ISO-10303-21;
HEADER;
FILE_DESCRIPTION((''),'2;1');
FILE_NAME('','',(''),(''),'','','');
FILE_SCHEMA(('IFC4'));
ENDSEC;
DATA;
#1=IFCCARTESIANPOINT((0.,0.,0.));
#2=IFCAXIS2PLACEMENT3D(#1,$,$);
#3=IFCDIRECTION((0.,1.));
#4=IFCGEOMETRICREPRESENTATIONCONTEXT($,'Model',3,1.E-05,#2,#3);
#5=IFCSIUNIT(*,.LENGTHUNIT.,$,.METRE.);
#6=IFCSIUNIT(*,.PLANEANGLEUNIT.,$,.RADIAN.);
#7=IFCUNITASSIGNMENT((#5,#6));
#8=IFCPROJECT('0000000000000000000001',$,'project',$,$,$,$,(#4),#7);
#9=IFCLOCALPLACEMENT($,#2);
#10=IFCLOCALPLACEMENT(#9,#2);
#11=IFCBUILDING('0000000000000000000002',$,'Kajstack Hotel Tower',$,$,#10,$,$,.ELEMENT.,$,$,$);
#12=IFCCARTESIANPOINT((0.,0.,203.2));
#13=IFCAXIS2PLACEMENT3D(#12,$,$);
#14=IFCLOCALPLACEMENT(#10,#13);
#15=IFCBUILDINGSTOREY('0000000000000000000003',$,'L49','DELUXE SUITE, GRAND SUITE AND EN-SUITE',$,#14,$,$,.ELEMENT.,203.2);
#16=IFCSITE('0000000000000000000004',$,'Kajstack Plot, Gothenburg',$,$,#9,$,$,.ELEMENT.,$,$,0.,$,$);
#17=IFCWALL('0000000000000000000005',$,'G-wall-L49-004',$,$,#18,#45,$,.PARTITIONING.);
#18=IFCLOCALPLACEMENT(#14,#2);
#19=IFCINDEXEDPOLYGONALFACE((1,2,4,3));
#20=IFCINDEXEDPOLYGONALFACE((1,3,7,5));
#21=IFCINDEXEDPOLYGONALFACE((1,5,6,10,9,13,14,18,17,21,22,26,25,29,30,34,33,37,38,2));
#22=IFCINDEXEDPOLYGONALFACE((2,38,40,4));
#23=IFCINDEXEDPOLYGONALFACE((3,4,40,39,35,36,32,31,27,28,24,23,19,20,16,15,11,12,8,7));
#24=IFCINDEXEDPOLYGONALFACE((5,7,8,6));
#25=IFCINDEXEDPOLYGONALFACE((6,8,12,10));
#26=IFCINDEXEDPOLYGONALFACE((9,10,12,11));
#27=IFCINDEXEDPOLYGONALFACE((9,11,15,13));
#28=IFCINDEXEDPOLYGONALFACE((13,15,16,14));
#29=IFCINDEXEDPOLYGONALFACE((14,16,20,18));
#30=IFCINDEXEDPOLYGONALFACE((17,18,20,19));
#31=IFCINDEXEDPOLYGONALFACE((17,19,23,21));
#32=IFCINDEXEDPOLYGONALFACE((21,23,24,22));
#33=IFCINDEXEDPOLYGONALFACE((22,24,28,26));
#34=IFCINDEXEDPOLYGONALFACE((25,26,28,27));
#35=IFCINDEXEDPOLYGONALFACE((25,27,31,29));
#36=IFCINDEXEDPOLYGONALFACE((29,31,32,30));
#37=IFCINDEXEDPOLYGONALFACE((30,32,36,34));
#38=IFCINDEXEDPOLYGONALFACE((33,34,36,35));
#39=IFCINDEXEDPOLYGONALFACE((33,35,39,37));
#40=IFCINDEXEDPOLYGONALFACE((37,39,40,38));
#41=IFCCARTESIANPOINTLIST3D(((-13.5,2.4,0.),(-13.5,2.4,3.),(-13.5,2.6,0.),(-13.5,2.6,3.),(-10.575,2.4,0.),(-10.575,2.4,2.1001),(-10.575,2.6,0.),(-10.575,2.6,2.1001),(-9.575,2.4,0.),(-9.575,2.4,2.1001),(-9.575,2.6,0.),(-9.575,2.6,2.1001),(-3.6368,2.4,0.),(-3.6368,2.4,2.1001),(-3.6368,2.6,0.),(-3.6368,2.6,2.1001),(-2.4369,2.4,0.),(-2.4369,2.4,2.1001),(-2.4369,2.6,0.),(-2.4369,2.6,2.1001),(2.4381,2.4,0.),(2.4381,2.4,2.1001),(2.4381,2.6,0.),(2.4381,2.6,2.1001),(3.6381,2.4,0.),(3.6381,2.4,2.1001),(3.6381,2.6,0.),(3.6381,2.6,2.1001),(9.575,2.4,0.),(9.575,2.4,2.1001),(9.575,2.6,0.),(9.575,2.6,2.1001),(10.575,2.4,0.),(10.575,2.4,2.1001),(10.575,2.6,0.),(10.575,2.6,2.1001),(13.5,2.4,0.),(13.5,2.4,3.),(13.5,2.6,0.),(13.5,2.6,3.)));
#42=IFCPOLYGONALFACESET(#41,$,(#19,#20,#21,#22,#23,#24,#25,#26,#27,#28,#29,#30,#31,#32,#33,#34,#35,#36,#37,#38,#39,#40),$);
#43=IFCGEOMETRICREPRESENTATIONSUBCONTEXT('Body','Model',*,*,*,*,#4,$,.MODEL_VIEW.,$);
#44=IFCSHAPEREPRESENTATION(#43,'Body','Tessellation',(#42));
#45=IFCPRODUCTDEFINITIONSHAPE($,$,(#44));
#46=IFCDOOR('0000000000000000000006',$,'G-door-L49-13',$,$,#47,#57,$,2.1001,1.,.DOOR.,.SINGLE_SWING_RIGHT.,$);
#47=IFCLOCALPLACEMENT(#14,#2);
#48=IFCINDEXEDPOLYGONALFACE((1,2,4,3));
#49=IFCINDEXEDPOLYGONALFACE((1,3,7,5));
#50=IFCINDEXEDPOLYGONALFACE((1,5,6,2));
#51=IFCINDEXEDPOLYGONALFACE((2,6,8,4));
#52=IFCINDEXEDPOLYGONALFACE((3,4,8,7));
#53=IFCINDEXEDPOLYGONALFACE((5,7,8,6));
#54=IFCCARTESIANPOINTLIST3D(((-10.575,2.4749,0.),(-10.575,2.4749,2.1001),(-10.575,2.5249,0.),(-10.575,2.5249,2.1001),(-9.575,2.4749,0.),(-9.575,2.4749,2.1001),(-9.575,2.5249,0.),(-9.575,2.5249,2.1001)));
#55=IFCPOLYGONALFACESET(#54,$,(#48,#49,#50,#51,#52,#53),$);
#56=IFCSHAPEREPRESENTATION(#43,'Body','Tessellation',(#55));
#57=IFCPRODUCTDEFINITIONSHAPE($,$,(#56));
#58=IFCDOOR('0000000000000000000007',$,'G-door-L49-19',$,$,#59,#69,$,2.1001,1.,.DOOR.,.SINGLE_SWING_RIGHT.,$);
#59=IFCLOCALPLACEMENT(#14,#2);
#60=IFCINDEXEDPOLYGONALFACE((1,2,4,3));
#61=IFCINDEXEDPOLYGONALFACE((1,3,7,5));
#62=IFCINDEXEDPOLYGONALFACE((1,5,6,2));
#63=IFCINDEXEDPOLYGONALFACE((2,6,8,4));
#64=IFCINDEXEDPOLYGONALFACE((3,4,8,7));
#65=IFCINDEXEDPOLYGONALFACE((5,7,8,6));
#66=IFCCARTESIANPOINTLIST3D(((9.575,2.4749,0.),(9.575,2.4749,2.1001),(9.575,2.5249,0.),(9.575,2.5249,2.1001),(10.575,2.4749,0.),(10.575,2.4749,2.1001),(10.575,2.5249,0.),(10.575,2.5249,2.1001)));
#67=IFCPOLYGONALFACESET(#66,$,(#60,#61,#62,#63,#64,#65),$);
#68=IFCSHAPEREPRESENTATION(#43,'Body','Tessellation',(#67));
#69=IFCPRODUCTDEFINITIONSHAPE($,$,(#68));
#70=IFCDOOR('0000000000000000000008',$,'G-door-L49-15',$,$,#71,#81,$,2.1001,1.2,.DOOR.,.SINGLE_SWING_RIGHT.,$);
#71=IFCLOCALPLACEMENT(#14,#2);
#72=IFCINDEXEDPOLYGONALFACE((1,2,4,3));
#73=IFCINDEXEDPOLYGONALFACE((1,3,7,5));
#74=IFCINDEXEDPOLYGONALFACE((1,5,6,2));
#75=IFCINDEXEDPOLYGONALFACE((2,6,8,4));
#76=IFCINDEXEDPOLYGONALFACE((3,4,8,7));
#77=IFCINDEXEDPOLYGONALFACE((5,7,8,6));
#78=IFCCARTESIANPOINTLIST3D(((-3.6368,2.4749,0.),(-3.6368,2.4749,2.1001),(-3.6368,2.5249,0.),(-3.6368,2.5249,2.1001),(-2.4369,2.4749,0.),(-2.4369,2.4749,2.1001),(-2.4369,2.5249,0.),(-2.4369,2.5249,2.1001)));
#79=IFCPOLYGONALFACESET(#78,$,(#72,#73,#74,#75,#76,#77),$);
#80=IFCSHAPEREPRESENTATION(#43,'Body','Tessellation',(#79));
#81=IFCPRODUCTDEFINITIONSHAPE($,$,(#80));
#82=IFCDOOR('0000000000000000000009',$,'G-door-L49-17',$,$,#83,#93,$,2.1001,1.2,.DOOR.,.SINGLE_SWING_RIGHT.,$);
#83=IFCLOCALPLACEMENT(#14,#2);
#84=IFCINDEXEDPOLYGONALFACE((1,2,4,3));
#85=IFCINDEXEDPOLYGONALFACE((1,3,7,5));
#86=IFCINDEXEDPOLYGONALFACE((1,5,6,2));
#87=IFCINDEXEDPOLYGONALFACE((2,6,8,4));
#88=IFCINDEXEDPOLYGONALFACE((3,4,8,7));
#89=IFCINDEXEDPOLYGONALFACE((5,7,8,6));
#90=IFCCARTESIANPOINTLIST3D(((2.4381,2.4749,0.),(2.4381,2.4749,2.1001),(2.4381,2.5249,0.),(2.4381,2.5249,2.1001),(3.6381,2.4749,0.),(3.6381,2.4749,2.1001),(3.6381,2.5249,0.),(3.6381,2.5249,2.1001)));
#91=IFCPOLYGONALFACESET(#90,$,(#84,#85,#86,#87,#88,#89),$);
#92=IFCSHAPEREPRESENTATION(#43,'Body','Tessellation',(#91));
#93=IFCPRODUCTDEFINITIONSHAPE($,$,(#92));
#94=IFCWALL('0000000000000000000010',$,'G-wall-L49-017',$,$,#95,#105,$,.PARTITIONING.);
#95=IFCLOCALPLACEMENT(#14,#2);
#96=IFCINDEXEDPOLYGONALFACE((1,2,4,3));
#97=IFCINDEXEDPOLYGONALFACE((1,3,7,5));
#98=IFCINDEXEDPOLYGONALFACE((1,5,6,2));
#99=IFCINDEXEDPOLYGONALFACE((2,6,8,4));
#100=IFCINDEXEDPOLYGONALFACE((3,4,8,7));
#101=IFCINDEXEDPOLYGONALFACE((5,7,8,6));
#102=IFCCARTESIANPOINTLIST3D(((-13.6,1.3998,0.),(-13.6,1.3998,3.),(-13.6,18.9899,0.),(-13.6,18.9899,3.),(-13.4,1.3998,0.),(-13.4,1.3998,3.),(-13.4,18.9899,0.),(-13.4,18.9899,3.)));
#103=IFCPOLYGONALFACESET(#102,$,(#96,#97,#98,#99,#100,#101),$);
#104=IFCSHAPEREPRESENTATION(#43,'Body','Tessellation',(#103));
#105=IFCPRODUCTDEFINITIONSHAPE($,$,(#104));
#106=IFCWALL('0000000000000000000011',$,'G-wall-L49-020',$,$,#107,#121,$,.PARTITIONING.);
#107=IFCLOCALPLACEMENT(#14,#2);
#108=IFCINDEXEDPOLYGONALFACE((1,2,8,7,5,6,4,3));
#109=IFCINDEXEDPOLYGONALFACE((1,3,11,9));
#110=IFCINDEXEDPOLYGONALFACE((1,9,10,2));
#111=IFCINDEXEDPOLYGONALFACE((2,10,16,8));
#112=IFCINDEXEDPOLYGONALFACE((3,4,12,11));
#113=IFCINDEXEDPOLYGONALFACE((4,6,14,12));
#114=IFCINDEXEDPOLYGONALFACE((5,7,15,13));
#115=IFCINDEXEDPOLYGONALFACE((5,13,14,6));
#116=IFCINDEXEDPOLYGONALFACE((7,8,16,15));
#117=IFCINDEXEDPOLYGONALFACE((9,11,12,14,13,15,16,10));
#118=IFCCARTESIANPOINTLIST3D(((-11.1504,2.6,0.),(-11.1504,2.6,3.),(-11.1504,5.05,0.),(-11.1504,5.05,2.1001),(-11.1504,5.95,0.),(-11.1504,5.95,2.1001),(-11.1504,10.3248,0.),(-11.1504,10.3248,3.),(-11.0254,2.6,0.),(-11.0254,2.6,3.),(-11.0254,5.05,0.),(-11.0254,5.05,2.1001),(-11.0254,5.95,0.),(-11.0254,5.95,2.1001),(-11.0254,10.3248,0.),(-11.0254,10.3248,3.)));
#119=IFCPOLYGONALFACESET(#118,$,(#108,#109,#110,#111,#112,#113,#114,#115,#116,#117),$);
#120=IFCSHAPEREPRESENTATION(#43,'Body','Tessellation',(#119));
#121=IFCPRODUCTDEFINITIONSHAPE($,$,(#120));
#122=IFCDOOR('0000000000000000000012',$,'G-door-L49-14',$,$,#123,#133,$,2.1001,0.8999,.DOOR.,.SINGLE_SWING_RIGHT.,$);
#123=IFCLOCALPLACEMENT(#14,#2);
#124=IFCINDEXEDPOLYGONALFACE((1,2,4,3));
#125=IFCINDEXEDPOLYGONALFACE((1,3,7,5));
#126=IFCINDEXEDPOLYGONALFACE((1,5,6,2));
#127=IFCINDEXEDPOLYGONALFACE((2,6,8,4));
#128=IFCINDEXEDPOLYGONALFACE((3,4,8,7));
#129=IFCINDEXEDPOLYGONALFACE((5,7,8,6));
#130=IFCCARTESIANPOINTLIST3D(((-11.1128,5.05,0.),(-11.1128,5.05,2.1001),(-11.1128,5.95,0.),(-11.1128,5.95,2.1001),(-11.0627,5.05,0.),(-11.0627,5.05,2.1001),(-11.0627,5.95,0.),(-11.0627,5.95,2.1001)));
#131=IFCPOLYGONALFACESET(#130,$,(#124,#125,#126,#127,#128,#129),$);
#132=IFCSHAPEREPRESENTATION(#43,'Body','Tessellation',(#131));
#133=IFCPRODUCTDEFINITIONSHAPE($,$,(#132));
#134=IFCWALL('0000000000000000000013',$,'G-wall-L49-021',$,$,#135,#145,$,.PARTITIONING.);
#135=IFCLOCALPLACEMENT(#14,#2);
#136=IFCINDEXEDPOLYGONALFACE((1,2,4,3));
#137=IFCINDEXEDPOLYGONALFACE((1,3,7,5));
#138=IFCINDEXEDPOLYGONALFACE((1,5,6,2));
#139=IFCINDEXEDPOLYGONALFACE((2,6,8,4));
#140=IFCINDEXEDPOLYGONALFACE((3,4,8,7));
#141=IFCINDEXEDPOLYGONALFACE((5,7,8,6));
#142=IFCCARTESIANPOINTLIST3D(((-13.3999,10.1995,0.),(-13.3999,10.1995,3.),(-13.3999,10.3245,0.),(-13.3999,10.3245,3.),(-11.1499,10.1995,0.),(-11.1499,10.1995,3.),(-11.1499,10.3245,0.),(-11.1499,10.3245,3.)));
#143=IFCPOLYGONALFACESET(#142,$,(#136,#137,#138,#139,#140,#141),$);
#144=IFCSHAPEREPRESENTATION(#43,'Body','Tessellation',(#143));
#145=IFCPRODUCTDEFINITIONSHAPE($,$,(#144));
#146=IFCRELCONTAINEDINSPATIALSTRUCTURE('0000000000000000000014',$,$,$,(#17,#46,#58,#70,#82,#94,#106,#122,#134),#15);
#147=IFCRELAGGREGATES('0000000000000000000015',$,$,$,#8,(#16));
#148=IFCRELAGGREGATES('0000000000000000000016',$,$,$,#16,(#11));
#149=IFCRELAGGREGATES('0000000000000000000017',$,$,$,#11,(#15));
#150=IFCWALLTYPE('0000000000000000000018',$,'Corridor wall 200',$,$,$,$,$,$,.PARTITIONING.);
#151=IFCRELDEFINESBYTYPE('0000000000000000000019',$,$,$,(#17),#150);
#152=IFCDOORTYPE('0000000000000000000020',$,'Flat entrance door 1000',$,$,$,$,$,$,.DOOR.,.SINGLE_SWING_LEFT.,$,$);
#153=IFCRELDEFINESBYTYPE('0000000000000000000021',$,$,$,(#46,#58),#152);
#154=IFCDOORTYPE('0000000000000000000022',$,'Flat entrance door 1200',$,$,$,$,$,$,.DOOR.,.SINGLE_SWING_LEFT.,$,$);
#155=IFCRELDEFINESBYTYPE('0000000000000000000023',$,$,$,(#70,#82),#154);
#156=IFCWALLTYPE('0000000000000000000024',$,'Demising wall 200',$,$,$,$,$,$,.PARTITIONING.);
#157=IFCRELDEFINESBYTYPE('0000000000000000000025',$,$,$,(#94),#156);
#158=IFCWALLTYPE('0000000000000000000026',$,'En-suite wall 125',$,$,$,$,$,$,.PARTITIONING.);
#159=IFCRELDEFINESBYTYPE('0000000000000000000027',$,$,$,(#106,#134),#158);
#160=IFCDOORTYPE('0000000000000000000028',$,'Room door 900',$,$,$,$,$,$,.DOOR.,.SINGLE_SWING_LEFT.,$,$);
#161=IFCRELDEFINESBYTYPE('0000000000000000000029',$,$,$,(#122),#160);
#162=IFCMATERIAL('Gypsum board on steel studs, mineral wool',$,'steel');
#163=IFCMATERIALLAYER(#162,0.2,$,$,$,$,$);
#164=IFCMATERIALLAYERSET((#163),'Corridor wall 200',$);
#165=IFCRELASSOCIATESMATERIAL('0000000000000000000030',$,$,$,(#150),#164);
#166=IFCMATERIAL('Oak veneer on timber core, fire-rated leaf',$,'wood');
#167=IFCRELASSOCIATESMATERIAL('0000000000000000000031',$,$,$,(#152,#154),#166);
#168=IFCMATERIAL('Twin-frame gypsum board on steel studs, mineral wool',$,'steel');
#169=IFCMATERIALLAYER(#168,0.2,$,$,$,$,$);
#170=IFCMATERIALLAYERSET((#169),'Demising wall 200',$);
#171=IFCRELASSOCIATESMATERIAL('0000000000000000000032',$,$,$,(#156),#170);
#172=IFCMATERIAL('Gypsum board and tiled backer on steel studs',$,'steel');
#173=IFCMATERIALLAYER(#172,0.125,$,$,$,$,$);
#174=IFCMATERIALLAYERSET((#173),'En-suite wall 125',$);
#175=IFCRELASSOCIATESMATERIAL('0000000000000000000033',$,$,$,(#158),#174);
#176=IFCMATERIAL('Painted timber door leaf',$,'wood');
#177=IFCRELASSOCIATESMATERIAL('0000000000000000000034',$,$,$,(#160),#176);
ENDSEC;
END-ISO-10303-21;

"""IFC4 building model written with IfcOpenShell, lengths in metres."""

from ifc_helpers import new_model, si_unit, direction, frame, frame_2d, origin, place, context, subcontext, project, spatial, rectangle, extrude, material, layer, layer_set, type_object, element, fill, save


model = new_model("IFC4")

# Units and contexts
model_context = context("Model", 3, precision=1e-05, world=origin(), true_north=direction((0.0, 1.0)))
body_context = subcontext(model_context, "Body", "Model", "MODEL_VIEW")
ifc_project = project(units=[si_unit("LENGTHUNIT", "METRE"), si_unit("PLANEANGLEUNIT", "RADIAN")], contexts=[model_context])

# Site, building, storey
site_placement = place(None, origin())
site = spatial("IfcSite", under=ifc_project, at=site_placement, Name="Kajstack Plot, Gothenburg", CompositionType="ELEMENT", RefElevation=0.0)
building_placement = place(site_placement, origin())
building = spatial("IfcBuilding", under=site, at=building_placement, Name="Kajstack Hotel Tower", CompositionType="ELEMENT")
storey_placement = place(building_placement, frame((0.0, 0.0, 203.2)))
storey = spatial("IfcBuildingStorey", under=building, at=storey_placement, Name="L49", Description="DELUXE SUITE, GRAND SUITE AND EN-SUITE", CompositionType="ELEMENT", Elevation=203.2)

# Wall, openings, doors
ifc_material_1 = material(Name="Gypsum board on steel studs, mineral wool", Category="steel")
ifc_layer_1 = layer(ifc_material_1, 0.2)
ifc_layer_set_1 = layer_set([ifc_layer_1], Name="Corridor wall 200")
wall_type_1 = type_object("IfcWallType", Name="Corridor wall 200", PredefinedType="PARTITIONING", material=ifc_layer_set_1)
wall_1_placement = place(storey_placement, frame((-13.5, 2.5, 0.0), z_axis=(0.0, 0.0, 1.0), x_axis=(1.0, 0.0, 0.0)))
wall_1 = element("IfcWall", 1, at=wall_1_placement, inside=storey, type_object=wall_type_1, Name="G-wall-L49-004", PredefinedType="PARTITIONING", context=body_context, shape_type="SweptSolid", body=[
    extrude(rectangle(XDim=27.0, YDim=0.2, at=frame_2d((13.5, 0.0))), origin(), (0.0, 0.0, 1.0), 3.0),
])
opening_1_placement = place(wall_1_placement, frame((2.925, 0.0, 0.0)))
opening_1 = element("IfcOpeningElement", 2, at=opening_1_placement, cuts=wall_1, PredefinedType="OPENING", context=body_context, shape_type="SweptSolid", body=[
    extrude(rectangle(XDim=1.0, YDim=2.1001, at=frame_2d((0.5, 1.05))), frame((0.0, 0.1099, 0.0), z_axis=(0.0, -1.0, 0.0), x_axis=(1.0, 0.0, 0.0)), (0.0, 0.0, 1.0), 0.22),
])
opening_2_placement = place(wall_1_placement, frame((9.863, 0.0, 0.0)))
opening_2 = element("IfcOpeningElement", 3, at=opening_2_placement, cuts=wall_1, PredefinedType="OPENING", context=body_context, shape_type="SweptSolid", body=[
    extrude(rectangle(XDim=1.2, YDim=2.1001, at=frame_2d((0.6001, 1.05))), frame((0.0, 0.1099, 0.0), z_axis=(0.0, -1.0, 0.0), x_axis=(1.0, 0.0, 0.0)), (0.0, 0.0, 1.0), 0.22),
])
opening_3_placement = place(wall_1_placement, frame((15.938, 0.0, 0.0)))
opening_3 = element("IfcOpeningElement", 4, at=opening_3_placement, cuts=wall_1, PredefinedType="OPENING", context=body_context, shape_type="SweptSolid", body=[
    extrude(rectangle(XDim=1.2, YDim=2.1001, at=frame_2d((0.6001, 1.05))), frame((0.0, 0.1099, 0.0), z_axis=(0.0, -1.0, 0.0), x_axis=(1.0, 0.0, 0.0)), (0.0, 0.0, 1.0), 0.22),
])
opening_4_placement = place(wall_1_placement, frame((23.075, 0.0, 0.0)))
opening_4 = element("IfcOpeningElement", 5, at=opening_4_placement, cuts=wall_1, PredefinedType="OPENING", context=body_context, shape_type="SweptSolid", body=[
    extrude(rectangle(XDim=1.0, YDim=2.1001, at=frame_2d((0.5, 1.05))), frame((0.0, 0.1099, 0.0), z_axis=(0.0, -1.0, 0.0), x_axis=(1.0, 0.0, 0.0)), (0.0, 0.0, 1.0), 0.22),
])
ifc_material_2 = material(Name="Oak veneer on timber core, fire-rated leaf", Category="wood")
door_type_1 = type_object("IfcDoorType", Name="Flat entrance door 1000", OperationType="SINGLE_SWING_LEFT", PredefinedType="DOOR", material=ifc_material_2)
door_1_placement = place(opening_1_placement, origin())
door_1 = element("IfcDoor", 6, at=door_1_placement, inside=storey, type_object=door_type_1, Name="G-door-L49-13", OperationType="SINGLE_SWING_RIGHT", OverallHeight=2.1001, OverallWidth=1.0, PredefinedType="DOOR", context=body_context, shape_type="SweptSolid", body=[
    extrude(rectangle(XDim=1.0, YDim=2.1001, at=frame_2d((0.5, 1.05))), frame((0.0, 0.0249, 0.0), z_axis=(0.0, -1.0, 0.0), x_axis=(1.0, 0.0, 0.0)), (0.0, 0.0, 1.0), 0.05),
])
fill(opening_1, door_1)
door_2_placement = place(opening_4_placement, origin())
door_2 = element("IfcDoor", 7, at=door_2_placement, inside=storey, type_object=door_type_1, Name="G-door-L49-19", OperationType="SINGLE_SWING_RIGHT", OverallHeight=2.1001, OverallWidth=1.0, PredefinedType="DOOR", context=body_context, shape_type="SweptSolid", body=[
    extrude(rectangle(XDim=1.0, YDim=2.1001, at=frame_2d((0.5, 1.05))), frame((0.0, 0.0249, 0.0), z_axis=(0.0, -1.0, 0.0), x_axis=(1.0, 0.0, 0.0)), (0.0, 0.0, 1.0), 0.05),
])
fill(opening_4, door_2)
door_type_2 = type_object("IfcDoorType", Name="Flat entrance door 1200", OperationType="SINGLE_SWING_LEFT", PredefinedType="DOOR", material=ifc_material_2)
door_3_placement = place(opening_2_placement, origin())
door_3 = element("IfcDoor", 8, at=door_3_placement, inside=storey, type_object=door_type_2, Name="G-door-L49-15", OperationType="SINGLE_SWING_RIGHT", OverallHeight=2.1001, OverallWidth=1.2, PredefinedType="DOOR", context=body_context, shape_type="SweptSolid", body=[
    extrude(rectangle(XDim=1.2, YDim=2.1001, at=frame_2d((0.6001, 1.05))), frame((0.0, 0.0249, 0.0), z_axis=(0.0, -1.0, 0.0), x_axis=(1.0, 0.0, 0.0)), (0.0, 0.0, 1.0), 0.05),
])
fill(opening_2, door_3)
door_4_placement = place(opening_3_placement, origin())
door_4 = element("IfcDoor", 9, at=door_4_placement, inside=storey, type_object=door_type_2, Name="G-door-L49-17", OperationType="SINGLE_SWING_RIGHT", OverallHeight=2.1001, OverallWidth=1.2, PredefinedType="DOOR", context=body_context, shape_type="SweptSolid", body=[
    extrude(rectangle(XDim=1.2, YDim=2.1001, at=frame_2d((0.6001, 1.05))), frame((0.0, 0.0249, 0.0), z_axis=(0.0, -1.0, 0.0), x_axis=(1.0, 0.0, 0.0)), (0.0, 0.0, 1.0), 0.05),
])
fill(opening_3, door_4)

# Wall
ifc_material_3 = material(Name="Twin-frame gypsum board on steel studs, mineral wool", Category="steel")
ifc_layer_2 = layer(ifc_material_3, 0.2)
ifc_layer_set_2 = layer_set([ifc_layer_2], Name="Demising wall 200")
wall_type_2 = type_object("IfcWallType", Name="Demising wall 200", PredefinedType="PARTITIONING", material=ifc_layer_set_2)
wall_2_placement = place(storey_placement, frame((-13.5, 1.3999, 0.0), z_axis=(0.0, 0.0, 1.0), x_axis=(0.0, 1.0, 0.0)))
element("IfcWall", 10, at=wall_2_placement, inside=storey, type_object=wall_type_2, Name="G-wall-L49-017", PredefinedType="PARTITIONING", context=body_context, shape_type="SweptSolid", body=[
    extrude(rectangle(XDim=17.5901, YDim=0.2, at=frame_2d((8.7949, 0.0))), origin(), (0.0, 0.0, 1.0), 3.0),
])

# Wall, opening, door
ifc_material_4 = material(Name="Gypsum board and tiled backer on steel studs", Category="steel")
ifc_layer_3 = layer(ifc_material_4, 0.125)
ifc_layer_set_3 = layer_set([ifc_layer_3], Name="En-suite wall 125")
wall_type_3 = type_object("IfcWallType", Name="En-suite wall 125", PredefinedType="PARTITIONING", material=ifc_layer_set_3)
wall_3_placement = place(storey_placement, frame((-11.0879, 2.6001, 0.0), z_axis=(0.0, 0.0, 1.0), x_axis=(0.0, 1.0, 0.0)))
wall_3 = element("IfcWall", 11, at=wall_3_placement, inside=storey, type_object=wall_type_3, Name="G-wall-L49-020", PredefinedType="PARTITIONING", context=body_context, shape_type="SweptSolid", body=[
    extrude(rectangle(XDim=7.7249, YDim=0.125, at=frame_2d((3.8623, 0.0))), origin(), (0.0, 0.0, 1.0), 3.0),
])
opening_5_placement = place(wall_3_placement, frame((2.45, 0.0, 0.0)))
opening_5 = element("IfcOpeningElement", 12, at=opening_5_placement, cuts=wall_3, PredefinedType="OPENING", context=body_context, shape_type="SweptSolid", body=[
    extrude(rectangle(XDim=0.8999, YDim=2.1001, at=frame_2d((0.45, 1.05))), frame((0.0, 0.0725, 0.0), z_axis=(0.0, -1.0, 0.0), x_axis=(1.0, 0.0, 0.0)), (0.0, 0.0, 1.0), 0.145),
])
ifc_material_5 = material(Name="Painted timber door leaf", Category="wood")
door_type_3 = type_object("IfcDoorType", Name="Room door 900", OperationType="SINGLE_SWING_LEFT", PredefinedType="DOOR", material=ifc_material_5)
door_5_placement = place(opening_5_placement, origin())
door_5 = element("IfcDoor", 13, at=door_5_placement, inside=storey, type_object=door_type_3, Name="G-door-L49-14", OperationType="SINGLE_SWING_RIGHT", OverallHeight=2.1001, OverallWidth=0.8999, PredefinedType="DOOR", context=body_context, shape_type="SweptSolid", body=[
    extrude(rectangle(XDim=0.8999, YDim=2.1001, at=frame_2d((0.45, 1.05))), frame((0.0, 0.0249, 0.0), z_axis=(0.0, -1.0, 0.0), x_axis=(1.0, 0.0, 0.0)), (0.0, 0.0, 1.0), 0.05),
])
fill(opening_5, door_5)

# Wall
wall_4_placement = place(storey_placement, frame((-13.3999, 10.262, 0.0), z_axis=(0.0, 0.0, 1.0), x_axis=(1.0, 0.0, 0.0)))
element("IfcWall", 14, at=wall_4_placement, inside=storey, type_object=wall_type_3, Name="G-wall-L49-021", PredefinedType="PARTITIONING", context=body_context, shape_type="SweptSolid", body=[
    extrude(rectangle(XDim=2.25, YDim=0.125, at=frame_2d((1.125, 0.0))), origin(), (0.0, 0.0, 1.0), 3.0),
])

save(model, "model.ifc")
